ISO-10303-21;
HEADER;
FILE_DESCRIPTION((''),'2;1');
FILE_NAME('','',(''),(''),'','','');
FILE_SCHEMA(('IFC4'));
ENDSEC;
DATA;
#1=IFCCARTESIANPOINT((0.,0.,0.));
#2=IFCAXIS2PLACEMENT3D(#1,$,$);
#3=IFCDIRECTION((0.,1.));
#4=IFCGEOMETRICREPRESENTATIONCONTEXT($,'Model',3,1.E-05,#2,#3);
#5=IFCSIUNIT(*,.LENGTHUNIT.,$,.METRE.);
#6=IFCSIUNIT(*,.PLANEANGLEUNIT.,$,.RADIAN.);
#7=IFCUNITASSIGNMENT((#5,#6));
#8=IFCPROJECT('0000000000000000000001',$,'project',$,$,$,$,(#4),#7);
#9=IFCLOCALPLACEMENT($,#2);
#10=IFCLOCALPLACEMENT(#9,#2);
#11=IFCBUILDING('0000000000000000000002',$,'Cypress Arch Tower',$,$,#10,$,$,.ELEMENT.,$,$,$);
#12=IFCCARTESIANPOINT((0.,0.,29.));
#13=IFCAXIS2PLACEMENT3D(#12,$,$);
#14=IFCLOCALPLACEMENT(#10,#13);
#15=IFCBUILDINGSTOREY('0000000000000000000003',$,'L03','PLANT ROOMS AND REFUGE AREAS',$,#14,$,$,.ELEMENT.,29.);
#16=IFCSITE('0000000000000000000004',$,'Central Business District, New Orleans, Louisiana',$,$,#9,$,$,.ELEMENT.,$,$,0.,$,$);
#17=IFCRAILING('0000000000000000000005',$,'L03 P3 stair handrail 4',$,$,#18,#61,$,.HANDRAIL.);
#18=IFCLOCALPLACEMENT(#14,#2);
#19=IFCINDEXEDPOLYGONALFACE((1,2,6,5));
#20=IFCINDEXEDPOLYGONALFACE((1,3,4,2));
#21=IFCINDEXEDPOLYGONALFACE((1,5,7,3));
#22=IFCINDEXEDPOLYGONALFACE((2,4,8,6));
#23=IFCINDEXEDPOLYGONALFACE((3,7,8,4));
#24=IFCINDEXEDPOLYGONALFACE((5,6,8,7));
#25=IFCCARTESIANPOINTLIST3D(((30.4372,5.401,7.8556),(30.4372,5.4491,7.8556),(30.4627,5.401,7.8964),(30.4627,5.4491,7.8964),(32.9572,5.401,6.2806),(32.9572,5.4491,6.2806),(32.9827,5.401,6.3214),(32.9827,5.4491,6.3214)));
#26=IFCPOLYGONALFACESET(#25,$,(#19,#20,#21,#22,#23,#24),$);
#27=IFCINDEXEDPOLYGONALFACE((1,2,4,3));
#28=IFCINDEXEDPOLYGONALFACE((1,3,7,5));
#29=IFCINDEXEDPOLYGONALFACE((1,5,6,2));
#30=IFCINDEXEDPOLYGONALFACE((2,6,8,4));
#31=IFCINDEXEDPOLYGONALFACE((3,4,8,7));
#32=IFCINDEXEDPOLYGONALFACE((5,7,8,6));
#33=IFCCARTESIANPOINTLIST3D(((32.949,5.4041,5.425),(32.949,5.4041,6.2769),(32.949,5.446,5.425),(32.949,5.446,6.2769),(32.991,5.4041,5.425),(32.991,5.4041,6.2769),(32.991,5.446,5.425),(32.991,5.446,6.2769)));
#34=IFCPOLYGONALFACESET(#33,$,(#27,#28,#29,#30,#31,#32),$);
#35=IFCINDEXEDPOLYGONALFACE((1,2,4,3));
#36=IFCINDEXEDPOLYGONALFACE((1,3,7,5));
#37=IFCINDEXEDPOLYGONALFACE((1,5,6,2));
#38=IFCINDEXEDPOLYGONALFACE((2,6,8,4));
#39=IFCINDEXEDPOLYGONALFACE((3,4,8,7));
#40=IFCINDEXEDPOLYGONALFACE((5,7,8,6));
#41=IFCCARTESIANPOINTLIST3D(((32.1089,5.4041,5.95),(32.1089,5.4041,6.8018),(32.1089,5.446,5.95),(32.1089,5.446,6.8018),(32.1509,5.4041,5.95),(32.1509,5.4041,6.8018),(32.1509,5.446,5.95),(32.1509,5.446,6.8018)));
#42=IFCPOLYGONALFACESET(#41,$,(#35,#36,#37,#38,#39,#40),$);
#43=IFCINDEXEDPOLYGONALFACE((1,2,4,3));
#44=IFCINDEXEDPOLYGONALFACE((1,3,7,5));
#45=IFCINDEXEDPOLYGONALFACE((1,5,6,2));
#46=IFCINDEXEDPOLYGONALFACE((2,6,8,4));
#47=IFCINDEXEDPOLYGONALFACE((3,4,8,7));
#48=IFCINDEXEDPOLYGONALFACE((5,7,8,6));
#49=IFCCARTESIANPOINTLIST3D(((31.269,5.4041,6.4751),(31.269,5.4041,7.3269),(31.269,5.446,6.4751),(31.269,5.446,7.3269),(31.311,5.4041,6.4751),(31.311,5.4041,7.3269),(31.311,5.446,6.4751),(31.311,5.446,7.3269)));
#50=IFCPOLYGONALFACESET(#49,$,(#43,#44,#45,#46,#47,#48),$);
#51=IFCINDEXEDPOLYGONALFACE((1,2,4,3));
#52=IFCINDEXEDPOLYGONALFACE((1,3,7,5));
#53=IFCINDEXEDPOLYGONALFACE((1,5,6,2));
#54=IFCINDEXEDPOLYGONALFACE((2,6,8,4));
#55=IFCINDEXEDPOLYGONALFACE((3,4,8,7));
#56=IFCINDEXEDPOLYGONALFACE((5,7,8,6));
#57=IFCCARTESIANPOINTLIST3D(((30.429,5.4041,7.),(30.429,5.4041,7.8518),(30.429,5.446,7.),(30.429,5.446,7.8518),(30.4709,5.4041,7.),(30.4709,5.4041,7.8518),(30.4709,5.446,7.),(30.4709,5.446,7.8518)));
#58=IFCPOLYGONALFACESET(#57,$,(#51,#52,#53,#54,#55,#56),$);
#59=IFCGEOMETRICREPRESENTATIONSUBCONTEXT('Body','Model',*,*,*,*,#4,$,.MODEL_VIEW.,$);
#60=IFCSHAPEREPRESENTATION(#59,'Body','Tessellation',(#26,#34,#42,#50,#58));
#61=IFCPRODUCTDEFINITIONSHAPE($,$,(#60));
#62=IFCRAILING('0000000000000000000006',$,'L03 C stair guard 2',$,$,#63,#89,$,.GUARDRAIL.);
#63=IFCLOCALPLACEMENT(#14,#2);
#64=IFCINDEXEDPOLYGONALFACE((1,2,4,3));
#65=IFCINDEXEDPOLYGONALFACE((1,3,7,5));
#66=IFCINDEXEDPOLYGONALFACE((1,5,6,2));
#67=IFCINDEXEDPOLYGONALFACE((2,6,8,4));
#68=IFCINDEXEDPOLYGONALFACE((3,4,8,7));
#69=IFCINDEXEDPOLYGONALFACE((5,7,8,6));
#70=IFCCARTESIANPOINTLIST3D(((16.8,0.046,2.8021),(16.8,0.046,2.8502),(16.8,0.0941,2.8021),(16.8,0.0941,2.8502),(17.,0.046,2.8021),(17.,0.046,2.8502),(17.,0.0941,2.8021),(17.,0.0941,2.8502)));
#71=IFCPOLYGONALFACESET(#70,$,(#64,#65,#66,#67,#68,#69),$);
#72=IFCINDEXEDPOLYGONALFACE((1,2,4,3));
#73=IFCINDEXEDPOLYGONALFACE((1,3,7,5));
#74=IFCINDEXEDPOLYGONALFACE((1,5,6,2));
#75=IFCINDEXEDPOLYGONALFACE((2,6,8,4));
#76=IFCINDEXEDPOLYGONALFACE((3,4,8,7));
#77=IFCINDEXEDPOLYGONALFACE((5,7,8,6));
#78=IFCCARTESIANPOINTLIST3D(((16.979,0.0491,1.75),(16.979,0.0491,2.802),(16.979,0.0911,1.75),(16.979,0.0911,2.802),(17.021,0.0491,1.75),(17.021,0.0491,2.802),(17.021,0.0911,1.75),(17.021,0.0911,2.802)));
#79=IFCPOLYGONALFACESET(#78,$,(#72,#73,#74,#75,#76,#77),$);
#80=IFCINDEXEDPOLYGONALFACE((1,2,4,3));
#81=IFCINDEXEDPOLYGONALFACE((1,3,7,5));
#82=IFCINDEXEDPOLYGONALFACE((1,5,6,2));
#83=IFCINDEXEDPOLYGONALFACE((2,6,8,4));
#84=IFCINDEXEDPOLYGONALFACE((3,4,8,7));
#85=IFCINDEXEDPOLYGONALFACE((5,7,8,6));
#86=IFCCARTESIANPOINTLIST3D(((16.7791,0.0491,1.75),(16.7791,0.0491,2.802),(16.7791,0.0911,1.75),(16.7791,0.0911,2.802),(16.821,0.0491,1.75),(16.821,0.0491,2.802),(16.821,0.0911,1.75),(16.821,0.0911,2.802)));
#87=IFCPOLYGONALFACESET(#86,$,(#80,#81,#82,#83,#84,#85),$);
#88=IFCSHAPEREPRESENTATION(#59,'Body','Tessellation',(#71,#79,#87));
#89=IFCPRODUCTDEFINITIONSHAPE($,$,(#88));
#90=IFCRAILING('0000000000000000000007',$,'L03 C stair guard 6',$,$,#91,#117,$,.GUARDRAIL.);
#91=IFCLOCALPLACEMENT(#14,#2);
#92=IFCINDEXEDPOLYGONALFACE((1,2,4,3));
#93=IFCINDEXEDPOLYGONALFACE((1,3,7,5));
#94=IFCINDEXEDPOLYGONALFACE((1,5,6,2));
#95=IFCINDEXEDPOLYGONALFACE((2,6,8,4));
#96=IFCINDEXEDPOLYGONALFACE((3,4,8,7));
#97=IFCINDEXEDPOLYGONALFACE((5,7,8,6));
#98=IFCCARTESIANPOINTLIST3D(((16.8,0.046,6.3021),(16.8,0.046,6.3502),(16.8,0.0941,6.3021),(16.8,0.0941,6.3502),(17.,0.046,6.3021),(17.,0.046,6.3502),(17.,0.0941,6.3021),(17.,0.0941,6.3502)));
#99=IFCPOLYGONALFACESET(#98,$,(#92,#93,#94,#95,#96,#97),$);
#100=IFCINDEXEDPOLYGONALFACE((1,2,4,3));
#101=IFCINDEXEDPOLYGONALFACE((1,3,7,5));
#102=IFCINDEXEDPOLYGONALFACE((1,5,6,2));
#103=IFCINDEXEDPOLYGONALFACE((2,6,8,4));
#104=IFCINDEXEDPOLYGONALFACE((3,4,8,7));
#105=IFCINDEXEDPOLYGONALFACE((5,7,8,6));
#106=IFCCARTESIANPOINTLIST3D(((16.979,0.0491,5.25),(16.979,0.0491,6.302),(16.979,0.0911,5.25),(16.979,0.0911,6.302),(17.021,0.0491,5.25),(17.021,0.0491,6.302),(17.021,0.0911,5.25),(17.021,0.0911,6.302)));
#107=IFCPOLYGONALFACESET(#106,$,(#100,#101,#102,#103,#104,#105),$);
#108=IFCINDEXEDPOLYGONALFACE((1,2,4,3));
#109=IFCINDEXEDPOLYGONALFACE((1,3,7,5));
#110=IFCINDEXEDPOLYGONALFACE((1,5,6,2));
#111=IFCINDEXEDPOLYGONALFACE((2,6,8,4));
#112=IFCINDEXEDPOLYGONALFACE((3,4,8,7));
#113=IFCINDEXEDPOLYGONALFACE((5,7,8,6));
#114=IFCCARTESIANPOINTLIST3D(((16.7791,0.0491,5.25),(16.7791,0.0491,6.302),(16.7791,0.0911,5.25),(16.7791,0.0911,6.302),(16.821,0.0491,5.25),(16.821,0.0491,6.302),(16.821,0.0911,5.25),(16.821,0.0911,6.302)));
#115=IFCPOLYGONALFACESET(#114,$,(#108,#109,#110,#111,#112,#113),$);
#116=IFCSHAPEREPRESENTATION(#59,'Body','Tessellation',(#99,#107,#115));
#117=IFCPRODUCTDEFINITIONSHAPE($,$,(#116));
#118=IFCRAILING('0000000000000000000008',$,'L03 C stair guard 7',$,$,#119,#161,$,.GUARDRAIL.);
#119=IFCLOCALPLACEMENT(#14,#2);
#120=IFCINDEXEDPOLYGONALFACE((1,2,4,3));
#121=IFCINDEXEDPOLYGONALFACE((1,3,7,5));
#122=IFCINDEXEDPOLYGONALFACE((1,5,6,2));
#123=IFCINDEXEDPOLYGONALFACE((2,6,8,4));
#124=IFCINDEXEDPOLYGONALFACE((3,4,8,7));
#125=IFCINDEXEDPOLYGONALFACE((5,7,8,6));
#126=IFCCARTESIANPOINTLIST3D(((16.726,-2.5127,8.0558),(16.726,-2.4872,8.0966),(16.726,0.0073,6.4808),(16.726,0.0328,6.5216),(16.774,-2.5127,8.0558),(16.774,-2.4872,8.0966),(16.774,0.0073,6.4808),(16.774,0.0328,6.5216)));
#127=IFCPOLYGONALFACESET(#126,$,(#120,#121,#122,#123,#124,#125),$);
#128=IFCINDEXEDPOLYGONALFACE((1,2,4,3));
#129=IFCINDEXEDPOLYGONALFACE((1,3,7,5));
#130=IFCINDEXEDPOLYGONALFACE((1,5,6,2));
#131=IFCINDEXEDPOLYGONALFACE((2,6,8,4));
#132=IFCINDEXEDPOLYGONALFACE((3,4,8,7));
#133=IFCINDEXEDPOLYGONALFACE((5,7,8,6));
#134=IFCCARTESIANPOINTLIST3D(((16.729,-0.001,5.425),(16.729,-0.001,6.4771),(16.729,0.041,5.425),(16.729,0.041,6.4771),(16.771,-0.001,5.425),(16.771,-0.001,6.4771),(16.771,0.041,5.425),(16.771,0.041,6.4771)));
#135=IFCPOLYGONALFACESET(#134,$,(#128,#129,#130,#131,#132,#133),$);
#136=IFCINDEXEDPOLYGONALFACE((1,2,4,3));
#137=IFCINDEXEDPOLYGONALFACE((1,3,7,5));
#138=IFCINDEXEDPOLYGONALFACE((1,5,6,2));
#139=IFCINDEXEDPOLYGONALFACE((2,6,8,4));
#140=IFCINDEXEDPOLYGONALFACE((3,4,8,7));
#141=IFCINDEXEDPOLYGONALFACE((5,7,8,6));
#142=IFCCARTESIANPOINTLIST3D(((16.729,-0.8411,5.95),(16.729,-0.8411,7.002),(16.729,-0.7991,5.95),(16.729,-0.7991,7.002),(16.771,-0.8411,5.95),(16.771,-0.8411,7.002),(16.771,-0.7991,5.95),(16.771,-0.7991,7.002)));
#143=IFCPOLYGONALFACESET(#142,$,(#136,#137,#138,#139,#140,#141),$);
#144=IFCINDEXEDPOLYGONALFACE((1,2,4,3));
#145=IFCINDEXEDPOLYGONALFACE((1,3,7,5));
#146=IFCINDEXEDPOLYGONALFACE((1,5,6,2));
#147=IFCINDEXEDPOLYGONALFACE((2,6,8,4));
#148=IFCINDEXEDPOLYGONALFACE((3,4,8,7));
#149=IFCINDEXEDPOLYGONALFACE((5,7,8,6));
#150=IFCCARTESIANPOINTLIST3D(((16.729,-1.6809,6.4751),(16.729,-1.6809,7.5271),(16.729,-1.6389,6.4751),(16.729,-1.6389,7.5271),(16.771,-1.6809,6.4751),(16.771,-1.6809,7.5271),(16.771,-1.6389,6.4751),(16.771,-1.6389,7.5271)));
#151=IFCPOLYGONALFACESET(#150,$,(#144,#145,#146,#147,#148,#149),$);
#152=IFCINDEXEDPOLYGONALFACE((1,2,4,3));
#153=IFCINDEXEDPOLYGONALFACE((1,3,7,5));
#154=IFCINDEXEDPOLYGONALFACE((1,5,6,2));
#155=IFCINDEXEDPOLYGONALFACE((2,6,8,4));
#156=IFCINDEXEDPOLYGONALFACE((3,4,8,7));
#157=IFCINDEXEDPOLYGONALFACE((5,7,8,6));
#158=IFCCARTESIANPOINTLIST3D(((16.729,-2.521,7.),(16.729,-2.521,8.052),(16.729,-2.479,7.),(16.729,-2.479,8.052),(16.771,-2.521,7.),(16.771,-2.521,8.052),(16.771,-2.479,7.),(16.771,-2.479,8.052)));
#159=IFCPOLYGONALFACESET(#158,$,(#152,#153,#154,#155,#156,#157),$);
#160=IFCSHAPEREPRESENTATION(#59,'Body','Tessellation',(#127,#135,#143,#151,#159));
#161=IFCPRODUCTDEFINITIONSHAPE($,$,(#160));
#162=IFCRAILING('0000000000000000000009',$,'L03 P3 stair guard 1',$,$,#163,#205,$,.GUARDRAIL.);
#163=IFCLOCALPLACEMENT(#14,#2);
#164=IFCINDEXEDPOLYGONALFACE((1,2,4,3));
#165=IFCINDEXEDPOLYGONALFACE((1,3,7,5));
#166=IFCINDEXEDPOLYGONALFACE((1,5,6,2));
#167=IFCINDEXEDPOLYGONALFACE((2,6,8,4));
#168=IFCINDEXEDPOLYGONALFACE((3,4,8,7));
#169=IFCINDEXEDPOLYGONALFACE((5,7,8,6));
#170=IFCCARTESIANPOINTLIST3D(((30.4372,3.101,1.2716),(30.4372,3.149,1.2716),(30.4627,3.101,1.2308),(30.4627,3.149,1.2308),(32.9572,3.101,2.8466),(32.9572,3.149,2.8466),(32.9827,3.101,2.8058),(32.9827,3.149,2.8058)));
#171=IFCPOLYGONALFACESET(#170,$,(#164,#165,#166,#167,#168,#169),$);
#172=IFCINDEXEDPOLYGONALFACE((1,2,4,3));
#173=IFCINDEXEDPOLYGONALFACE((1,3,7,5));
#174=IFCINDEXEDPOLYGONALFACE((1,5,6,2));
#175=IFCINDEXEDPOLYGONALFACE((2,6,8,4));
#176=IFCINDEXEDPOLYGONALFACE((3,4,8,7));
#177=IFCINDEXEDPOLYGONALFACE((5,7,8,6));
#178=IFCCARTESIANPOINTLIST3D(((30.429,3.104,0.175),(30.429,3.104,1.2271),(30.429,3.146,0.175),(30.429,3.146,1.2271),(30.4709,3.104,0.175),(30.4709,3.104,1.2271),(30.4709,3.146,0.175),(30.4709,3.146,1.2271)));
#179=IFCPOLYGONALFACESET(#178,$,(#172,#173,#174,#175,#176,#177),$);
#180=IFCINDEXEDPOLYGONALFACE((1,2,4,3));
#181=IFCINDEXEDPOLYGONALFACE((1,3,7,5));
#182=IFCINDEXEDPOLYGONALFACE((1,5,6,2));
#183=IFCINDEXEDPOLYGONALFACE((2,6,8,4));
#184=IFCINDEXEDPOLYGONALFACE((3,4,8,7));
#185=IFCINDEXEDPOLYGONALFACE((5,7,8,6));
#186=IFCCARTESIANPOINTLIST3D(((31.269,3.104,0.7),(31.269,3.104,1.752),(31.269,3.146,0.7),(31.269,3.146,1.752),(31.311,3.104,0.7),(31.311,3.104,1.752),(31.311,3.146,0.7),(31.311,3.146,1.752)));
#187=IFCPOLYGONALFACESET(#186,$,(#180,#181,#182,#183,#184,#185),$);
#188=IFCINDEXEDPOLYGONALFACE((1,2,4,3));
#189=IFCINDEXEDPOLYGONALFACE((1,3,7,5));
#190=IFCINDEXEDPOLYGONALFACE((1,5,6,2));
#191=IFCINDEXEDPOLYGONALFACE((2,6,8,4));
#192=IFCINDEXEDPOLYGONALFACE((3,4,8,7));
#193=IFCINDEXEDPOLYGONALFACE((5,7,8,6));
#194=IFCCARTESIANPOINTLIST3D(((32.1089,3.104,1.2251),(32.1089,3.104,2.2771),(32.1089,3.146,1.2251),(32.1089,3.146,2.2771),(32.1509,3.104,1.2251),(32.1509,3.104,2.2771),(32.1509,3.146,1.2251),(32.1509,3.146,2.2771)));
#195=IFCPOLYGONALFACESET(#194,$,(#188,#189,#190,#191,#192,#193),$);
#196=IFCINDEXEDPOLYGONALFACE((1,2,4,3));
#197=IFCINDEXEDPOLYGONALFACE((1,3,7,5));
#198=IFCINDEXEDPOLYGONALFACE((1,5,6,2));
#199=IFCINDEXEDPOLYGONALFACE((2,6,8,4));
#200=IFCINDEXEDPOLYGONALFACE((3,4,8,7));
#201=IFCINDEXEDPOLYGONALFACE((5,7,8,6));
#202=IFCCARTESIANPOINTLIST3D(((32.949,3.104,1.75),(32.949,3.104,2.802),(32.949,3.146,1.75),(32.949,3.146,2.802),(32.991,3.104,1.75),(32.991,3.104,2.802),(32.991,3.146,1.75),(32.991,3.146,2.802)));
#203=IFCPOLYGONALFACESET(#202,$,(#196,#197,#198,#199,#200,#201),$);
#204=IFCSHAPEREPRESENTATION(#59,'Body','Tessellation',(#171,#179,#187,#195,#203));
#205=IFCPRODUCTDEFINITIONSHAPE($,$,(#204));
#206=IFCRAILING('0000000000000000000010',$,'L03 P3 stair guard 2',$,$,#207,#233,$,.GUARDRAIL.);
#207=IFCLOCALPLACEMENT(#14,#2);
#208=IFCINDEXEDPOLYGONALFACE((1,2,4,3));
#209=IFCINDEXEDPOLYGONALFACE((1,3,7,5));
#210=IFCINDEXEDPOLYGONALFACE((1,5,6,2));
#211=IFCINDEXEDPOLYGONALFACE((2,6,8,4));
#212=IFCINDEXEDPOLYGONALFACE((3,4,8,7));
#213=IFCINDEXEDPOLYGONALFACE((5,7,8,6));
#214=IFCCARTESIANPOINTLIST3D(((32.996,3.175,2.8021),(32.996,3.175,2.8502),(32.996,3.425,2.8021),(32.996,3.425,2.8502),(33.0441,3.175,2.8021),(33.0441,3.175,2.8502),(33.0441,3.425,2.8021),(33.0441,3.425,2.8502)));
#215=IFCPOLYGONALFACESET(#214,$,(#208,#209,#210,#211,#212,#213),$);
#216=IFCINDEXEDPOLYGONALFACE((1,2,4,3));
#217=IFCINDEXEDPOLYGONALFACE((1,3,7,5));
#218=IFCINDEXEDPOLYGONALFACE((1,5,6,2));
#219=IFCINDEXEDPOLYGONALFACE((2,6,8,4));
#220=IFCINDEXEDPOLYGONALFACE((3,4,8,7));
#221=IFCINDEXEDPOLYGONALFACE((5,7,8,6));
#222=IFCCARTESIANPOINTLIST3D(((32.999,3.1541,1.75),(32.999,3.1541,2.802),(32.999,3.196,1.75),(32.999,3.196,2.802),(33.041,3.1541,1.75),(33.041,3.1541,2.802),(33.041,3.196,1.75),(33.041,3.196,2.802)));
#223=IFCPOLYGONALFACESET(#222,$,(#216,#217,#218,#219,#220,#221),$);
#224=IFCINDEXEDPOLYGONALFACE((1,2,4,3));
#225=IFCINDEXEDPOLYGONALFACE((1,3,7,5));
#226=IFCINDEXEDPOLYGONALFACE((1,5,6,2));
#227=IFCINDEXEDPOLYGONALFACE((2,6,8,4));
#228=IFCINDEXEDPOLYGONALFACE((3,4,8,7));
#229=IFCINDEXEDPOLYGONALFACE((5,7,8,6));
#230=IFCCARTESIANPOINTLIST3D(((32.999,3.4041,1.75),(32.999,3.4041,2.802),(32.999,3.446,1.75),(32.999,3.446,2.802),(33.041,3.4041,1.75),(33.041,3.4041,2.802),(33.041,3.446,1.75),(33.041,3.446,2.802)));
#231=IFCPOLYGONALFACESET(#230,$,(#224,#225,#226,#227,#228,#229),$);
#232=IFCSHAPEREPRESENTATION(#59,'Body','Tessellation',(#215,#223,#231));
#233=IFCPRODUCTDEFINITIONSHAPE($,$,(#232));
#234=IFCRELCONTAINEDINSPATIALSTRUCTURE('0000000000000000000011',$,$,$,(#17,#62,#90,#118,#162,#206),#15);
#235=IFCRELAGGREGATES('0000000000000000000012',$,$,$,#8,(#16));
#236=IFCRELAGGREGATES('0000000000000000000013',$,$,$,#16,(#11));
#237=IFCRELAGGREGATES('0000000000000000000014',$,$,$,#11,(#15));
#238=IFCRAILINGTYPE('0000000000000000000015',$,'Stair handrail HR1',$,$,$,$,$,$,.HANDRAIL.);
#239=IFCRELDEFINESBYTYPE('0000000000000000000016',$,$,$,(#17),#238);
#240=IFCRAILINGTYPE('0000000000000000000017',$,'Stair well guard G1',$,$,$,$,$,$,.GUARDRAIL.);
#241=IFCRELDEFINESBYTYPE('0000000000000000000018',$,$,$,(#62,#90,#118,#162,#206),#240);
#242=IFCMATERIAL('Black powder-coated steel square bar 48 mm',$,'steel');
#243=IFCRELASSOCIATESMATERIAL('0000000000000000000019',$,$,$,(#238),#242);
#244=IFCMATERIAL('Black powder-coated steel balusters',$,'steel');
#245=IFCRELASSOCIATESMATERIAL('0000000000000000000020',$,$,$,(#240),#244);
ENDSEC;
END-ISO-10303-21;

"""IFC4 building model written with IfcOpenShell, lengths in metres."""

from ifc_helpers import new_model, si_unit, direction, frame, origin, origin_2d, place, context, subcontext, project, spatial, rectangle, extrude, material, type_object, element, save


model = new_model("IFC4")

# Units and contexts
model_context = context("Model", 3, precision=1e-05, world=origin(), true_north=direction((0.0, 1.0)))
body_context = subcontext(model_context, "Body", "Model", "MODEL_VIEW")
ifc_project = project(units=[si_unit("LENGTHUNIT", "METRE"), si_unit("PLANEANGLEUNIT", "RADIAN")], contexts=[model_context])

# Site, building, storey
site_placement = place(None, origin())
site = spatial("IfcSite", under=ifc_project, at=site_placement, Name="Central Business District, New Orleans, Louisiana", CompositionType="ELEMENT", RefElevation=0.0)
building_placement = place(site_placement, origin())
building = spatial("IfcBuilding", under=site, at=building_placement, Name="Cypress Arch Tower", CompositionType="ELEMENT")
storey_placement = place(building_placement, frame((0.0, 0.0, 29.0)))
storey = spatial("IfcBuildingStorey", under=building, at=storey_placement, Name="L03", Description="PLANT ROOMS AND REFUGE AREAS", CompositionType="ELEMENT", Elevation=29.0)

# Railings
ifc_material_1 = material(Name="Black powder-coated steel square bar 48 mm", Category="steel")
railing_type_1 = type_object("IfcRailingType", Name="Stair handrail HR1", PredefinedType="HANDRAIL", material=ifc_material_1)
railing_1_placement = place(storey_placement, frame((32.97, 5.425, 5.425)))
element("IfcRailing", 1, at=railing_1_placement, inside=storey, type_object=railing_type_1, Name="L03 P3 stair handrail 4", PredefinedType="HANDRAIL", context=body_context, shape_type="SweptSolid", body=[
    extrude(rectangle(XDim=0.0481, YDim=0.0481, at=origin_2d()), frame((0.0, 0.0, 0.876), z_axis=(-0.848008, 0.0, 0.529984), x_axis=(0.0, -1.0, 0.0)), (0.0, 0.0, 1.0), 2.9717),
    extrude(rectangle(XDim=0.042, YDim=0.042, at=origin_2d()), origin(), (0.0, 0.0, 1.0), 0.8518),
    extrude(rectangle(XDim=0.042, YDim=0.042, at=origin_2d()), frame((-0.8401, 0.0, 0.5249)), (0.0, 0.0, 1.0), 0.8518),
    extrude(rectangle(XDim=0.042, YDim=0.042, at=origin_2d()), frame((-1.6799, 0.0, 1.05)), (0.0, 0.0, 1.0), 0.8518),
    extrude(rectangle(XDim=0.042, YDim=0.042, at=origin_2d()), frame((-2.52, 0.0, 1.575)), (0.0, 0.0, 1.0), 0.8518),
])
ifc_material_2 = material(Name="Black powder-coated steel balusters", Category="steel")
railing_type_2 = type_object("IfcRailingType", Name="Stair well guard G1", PredefinedType="GUARDRAIL", material=ifc_material_2)
for number, where, name in (
    (2, (17.0, 0.0701, 1.75), "L03 C stair guard 2"),
    (3, (17.0, 0.0701, 5.25), "L03 C stair guard 6"),
):
    element("IfcRailing", number, at=place(storey_placement, frame(where)), inside=storey, type_object=railing_type_2, Name=name, PredefinedType="GUARDRAIL", context=body_context, shape_type="SweptSolid", body=[
        extrude(rectangle(XDim=0.0481, YDim=0.0481, at=origin_2d()), frame((0.0, 0.0, 1.0762), z_axis=(-1.0, 0.0, 0.0), x_axis=(0.0, -1.0, 0.0)), (0.0, 0.0, 1.0), 0.2),
        extrude(rectangle(XDim=0.042, YDim=0.042, at=origin_2d()), origin(), (0.0, 0.0, 1.0), 1.052),
        extrude(rectangle(XDim=0.042, YDim=0.042, at=origin_2d()), frame((-0.2, 0.0, 0.0)), (0.0, 0.0, 1.0), 1.052),
    ])
railing_2_placement = place(storey_placement, frame((16.75, 0.02, 5.425)))
element("IfcRailing", 4, at=railing_2_placement, inside=storey, type_object=railing_type_2, Name="L03 C stair guard 7", PredefinedType="GUARDRAIL", context=body_context, shape_type="SweptSolid", body=[
    extrude(rectangle(XDim=0.0481, YDim=0.0481, at=origin_2d()), frame((0.0, 0.0, 1.0762), z_axis=(0.0, -0.848008, 0.529984), x_axis=(1.0, 0.0, 0.0)), (0.0, 0.0, 1.0), 2.9717),
    extrude(rectangle(XDim=0.042, YDim=0.042, at=origin_2d()), origin(), (0.0, 0.0, 1.0), 1.052),
    extrude(rectangle(XDim=0.042, YDim=0.042, at=origin_2d()), frame((0.0, -0.8401, 0.5249)), (0.0, 0.0, 1.0), 1.052),
    extrude(rectangle(XDim=0.042, YDim=0.042, at=origin_2d()), frame((0.0, -1.6799, 1.05)), (0.0, 0.0, 1.0), 1.052),
    extrude(rectangle(XDim=0.042, YDim=0.042, at=origin_2d()), frame((0.0, -2.52, 1.575)), (0.0, 0.0, 1.0), 1.052),
])
railing_3_placement = place(storey_placement, frame((30.45, 3.125, 0.175)))
element("IfcRailing", 5, at=railing_3_placement, inside=storey, type_object=railing_type_2, Name="L03 P3 stair guard 1", PredefinedType="GUARDRAIL", context=body_context, shape_type="SweptSolid", body=[
    extrude(rectangle(XDim=0.0481, YDim=0.0481, at=origin_2d()), frame((0.0, 0.0, 1.0762), z_axis=(0.848008, 0.0, 0.529984), x_axis=(0.0, 1.0, 0.0)), (0.0, 0.0, 1.0), 2.9717),
    extrude(rectangle(XDim=0.042, YDim=0.042, at=origin_2d()), origin(), (0.0, 0.0, 1.0), 1.052),
    extrude(rectangle(XDim=0.042, YDim=0.042, at=origin_2d()), frame((0.8401, 0.0, 0.5249)), (0.0, 0.0, 1.0), 1.052),
    extrude(rectangle(XDim=0.042, YDim=0.042, at=origin_2d()), frame((1.6799, 0.0, 1.05)), (0.0, 0.0, 1.0), 1.052),
    extrude(rectangle(XDim=0.042, YDim=0.042, at=origin_2d()), frame((2.52, 0.0, 1.575)), (0.0, 0.0, 1.0), 1.052),
])
railing_4_placement = place(storey_placement, frame((33.02, 3.175, 1.75)))
element("IfcRailing", 6, at=railing_4_placement, inside=storey, type_object=railing_type_2, Name="L03 P3 stair guard 2", PredefinedType="GUARDRAIL", context=body_context, shape_type="SweptSolid", body=[
    extrude(rectangle(XDim=0.0481, YDim=0.0481, at=origin_2d()), frame((0.0, 0.0, 1.0762), z_axis=(0.0, 1.0, 0.0), x_axis=(-1.0, 0.0, 0.0)), (0.0, 0.0, 1.0), 0.25),
    extrude(rectangle(XDim=0.042, YDim=0.042, at=origin_2d()), origin(), (0.0, 0.0, 1.0), 1.052),
    extrude(rectangle(XDim=0.042, YDim=0.042, at=origin_2d()), frame((0.0, 0.25, 0.0)), (0.0, 0.0, 1.0), 1.052),
])

save(model, "model.ifc")
